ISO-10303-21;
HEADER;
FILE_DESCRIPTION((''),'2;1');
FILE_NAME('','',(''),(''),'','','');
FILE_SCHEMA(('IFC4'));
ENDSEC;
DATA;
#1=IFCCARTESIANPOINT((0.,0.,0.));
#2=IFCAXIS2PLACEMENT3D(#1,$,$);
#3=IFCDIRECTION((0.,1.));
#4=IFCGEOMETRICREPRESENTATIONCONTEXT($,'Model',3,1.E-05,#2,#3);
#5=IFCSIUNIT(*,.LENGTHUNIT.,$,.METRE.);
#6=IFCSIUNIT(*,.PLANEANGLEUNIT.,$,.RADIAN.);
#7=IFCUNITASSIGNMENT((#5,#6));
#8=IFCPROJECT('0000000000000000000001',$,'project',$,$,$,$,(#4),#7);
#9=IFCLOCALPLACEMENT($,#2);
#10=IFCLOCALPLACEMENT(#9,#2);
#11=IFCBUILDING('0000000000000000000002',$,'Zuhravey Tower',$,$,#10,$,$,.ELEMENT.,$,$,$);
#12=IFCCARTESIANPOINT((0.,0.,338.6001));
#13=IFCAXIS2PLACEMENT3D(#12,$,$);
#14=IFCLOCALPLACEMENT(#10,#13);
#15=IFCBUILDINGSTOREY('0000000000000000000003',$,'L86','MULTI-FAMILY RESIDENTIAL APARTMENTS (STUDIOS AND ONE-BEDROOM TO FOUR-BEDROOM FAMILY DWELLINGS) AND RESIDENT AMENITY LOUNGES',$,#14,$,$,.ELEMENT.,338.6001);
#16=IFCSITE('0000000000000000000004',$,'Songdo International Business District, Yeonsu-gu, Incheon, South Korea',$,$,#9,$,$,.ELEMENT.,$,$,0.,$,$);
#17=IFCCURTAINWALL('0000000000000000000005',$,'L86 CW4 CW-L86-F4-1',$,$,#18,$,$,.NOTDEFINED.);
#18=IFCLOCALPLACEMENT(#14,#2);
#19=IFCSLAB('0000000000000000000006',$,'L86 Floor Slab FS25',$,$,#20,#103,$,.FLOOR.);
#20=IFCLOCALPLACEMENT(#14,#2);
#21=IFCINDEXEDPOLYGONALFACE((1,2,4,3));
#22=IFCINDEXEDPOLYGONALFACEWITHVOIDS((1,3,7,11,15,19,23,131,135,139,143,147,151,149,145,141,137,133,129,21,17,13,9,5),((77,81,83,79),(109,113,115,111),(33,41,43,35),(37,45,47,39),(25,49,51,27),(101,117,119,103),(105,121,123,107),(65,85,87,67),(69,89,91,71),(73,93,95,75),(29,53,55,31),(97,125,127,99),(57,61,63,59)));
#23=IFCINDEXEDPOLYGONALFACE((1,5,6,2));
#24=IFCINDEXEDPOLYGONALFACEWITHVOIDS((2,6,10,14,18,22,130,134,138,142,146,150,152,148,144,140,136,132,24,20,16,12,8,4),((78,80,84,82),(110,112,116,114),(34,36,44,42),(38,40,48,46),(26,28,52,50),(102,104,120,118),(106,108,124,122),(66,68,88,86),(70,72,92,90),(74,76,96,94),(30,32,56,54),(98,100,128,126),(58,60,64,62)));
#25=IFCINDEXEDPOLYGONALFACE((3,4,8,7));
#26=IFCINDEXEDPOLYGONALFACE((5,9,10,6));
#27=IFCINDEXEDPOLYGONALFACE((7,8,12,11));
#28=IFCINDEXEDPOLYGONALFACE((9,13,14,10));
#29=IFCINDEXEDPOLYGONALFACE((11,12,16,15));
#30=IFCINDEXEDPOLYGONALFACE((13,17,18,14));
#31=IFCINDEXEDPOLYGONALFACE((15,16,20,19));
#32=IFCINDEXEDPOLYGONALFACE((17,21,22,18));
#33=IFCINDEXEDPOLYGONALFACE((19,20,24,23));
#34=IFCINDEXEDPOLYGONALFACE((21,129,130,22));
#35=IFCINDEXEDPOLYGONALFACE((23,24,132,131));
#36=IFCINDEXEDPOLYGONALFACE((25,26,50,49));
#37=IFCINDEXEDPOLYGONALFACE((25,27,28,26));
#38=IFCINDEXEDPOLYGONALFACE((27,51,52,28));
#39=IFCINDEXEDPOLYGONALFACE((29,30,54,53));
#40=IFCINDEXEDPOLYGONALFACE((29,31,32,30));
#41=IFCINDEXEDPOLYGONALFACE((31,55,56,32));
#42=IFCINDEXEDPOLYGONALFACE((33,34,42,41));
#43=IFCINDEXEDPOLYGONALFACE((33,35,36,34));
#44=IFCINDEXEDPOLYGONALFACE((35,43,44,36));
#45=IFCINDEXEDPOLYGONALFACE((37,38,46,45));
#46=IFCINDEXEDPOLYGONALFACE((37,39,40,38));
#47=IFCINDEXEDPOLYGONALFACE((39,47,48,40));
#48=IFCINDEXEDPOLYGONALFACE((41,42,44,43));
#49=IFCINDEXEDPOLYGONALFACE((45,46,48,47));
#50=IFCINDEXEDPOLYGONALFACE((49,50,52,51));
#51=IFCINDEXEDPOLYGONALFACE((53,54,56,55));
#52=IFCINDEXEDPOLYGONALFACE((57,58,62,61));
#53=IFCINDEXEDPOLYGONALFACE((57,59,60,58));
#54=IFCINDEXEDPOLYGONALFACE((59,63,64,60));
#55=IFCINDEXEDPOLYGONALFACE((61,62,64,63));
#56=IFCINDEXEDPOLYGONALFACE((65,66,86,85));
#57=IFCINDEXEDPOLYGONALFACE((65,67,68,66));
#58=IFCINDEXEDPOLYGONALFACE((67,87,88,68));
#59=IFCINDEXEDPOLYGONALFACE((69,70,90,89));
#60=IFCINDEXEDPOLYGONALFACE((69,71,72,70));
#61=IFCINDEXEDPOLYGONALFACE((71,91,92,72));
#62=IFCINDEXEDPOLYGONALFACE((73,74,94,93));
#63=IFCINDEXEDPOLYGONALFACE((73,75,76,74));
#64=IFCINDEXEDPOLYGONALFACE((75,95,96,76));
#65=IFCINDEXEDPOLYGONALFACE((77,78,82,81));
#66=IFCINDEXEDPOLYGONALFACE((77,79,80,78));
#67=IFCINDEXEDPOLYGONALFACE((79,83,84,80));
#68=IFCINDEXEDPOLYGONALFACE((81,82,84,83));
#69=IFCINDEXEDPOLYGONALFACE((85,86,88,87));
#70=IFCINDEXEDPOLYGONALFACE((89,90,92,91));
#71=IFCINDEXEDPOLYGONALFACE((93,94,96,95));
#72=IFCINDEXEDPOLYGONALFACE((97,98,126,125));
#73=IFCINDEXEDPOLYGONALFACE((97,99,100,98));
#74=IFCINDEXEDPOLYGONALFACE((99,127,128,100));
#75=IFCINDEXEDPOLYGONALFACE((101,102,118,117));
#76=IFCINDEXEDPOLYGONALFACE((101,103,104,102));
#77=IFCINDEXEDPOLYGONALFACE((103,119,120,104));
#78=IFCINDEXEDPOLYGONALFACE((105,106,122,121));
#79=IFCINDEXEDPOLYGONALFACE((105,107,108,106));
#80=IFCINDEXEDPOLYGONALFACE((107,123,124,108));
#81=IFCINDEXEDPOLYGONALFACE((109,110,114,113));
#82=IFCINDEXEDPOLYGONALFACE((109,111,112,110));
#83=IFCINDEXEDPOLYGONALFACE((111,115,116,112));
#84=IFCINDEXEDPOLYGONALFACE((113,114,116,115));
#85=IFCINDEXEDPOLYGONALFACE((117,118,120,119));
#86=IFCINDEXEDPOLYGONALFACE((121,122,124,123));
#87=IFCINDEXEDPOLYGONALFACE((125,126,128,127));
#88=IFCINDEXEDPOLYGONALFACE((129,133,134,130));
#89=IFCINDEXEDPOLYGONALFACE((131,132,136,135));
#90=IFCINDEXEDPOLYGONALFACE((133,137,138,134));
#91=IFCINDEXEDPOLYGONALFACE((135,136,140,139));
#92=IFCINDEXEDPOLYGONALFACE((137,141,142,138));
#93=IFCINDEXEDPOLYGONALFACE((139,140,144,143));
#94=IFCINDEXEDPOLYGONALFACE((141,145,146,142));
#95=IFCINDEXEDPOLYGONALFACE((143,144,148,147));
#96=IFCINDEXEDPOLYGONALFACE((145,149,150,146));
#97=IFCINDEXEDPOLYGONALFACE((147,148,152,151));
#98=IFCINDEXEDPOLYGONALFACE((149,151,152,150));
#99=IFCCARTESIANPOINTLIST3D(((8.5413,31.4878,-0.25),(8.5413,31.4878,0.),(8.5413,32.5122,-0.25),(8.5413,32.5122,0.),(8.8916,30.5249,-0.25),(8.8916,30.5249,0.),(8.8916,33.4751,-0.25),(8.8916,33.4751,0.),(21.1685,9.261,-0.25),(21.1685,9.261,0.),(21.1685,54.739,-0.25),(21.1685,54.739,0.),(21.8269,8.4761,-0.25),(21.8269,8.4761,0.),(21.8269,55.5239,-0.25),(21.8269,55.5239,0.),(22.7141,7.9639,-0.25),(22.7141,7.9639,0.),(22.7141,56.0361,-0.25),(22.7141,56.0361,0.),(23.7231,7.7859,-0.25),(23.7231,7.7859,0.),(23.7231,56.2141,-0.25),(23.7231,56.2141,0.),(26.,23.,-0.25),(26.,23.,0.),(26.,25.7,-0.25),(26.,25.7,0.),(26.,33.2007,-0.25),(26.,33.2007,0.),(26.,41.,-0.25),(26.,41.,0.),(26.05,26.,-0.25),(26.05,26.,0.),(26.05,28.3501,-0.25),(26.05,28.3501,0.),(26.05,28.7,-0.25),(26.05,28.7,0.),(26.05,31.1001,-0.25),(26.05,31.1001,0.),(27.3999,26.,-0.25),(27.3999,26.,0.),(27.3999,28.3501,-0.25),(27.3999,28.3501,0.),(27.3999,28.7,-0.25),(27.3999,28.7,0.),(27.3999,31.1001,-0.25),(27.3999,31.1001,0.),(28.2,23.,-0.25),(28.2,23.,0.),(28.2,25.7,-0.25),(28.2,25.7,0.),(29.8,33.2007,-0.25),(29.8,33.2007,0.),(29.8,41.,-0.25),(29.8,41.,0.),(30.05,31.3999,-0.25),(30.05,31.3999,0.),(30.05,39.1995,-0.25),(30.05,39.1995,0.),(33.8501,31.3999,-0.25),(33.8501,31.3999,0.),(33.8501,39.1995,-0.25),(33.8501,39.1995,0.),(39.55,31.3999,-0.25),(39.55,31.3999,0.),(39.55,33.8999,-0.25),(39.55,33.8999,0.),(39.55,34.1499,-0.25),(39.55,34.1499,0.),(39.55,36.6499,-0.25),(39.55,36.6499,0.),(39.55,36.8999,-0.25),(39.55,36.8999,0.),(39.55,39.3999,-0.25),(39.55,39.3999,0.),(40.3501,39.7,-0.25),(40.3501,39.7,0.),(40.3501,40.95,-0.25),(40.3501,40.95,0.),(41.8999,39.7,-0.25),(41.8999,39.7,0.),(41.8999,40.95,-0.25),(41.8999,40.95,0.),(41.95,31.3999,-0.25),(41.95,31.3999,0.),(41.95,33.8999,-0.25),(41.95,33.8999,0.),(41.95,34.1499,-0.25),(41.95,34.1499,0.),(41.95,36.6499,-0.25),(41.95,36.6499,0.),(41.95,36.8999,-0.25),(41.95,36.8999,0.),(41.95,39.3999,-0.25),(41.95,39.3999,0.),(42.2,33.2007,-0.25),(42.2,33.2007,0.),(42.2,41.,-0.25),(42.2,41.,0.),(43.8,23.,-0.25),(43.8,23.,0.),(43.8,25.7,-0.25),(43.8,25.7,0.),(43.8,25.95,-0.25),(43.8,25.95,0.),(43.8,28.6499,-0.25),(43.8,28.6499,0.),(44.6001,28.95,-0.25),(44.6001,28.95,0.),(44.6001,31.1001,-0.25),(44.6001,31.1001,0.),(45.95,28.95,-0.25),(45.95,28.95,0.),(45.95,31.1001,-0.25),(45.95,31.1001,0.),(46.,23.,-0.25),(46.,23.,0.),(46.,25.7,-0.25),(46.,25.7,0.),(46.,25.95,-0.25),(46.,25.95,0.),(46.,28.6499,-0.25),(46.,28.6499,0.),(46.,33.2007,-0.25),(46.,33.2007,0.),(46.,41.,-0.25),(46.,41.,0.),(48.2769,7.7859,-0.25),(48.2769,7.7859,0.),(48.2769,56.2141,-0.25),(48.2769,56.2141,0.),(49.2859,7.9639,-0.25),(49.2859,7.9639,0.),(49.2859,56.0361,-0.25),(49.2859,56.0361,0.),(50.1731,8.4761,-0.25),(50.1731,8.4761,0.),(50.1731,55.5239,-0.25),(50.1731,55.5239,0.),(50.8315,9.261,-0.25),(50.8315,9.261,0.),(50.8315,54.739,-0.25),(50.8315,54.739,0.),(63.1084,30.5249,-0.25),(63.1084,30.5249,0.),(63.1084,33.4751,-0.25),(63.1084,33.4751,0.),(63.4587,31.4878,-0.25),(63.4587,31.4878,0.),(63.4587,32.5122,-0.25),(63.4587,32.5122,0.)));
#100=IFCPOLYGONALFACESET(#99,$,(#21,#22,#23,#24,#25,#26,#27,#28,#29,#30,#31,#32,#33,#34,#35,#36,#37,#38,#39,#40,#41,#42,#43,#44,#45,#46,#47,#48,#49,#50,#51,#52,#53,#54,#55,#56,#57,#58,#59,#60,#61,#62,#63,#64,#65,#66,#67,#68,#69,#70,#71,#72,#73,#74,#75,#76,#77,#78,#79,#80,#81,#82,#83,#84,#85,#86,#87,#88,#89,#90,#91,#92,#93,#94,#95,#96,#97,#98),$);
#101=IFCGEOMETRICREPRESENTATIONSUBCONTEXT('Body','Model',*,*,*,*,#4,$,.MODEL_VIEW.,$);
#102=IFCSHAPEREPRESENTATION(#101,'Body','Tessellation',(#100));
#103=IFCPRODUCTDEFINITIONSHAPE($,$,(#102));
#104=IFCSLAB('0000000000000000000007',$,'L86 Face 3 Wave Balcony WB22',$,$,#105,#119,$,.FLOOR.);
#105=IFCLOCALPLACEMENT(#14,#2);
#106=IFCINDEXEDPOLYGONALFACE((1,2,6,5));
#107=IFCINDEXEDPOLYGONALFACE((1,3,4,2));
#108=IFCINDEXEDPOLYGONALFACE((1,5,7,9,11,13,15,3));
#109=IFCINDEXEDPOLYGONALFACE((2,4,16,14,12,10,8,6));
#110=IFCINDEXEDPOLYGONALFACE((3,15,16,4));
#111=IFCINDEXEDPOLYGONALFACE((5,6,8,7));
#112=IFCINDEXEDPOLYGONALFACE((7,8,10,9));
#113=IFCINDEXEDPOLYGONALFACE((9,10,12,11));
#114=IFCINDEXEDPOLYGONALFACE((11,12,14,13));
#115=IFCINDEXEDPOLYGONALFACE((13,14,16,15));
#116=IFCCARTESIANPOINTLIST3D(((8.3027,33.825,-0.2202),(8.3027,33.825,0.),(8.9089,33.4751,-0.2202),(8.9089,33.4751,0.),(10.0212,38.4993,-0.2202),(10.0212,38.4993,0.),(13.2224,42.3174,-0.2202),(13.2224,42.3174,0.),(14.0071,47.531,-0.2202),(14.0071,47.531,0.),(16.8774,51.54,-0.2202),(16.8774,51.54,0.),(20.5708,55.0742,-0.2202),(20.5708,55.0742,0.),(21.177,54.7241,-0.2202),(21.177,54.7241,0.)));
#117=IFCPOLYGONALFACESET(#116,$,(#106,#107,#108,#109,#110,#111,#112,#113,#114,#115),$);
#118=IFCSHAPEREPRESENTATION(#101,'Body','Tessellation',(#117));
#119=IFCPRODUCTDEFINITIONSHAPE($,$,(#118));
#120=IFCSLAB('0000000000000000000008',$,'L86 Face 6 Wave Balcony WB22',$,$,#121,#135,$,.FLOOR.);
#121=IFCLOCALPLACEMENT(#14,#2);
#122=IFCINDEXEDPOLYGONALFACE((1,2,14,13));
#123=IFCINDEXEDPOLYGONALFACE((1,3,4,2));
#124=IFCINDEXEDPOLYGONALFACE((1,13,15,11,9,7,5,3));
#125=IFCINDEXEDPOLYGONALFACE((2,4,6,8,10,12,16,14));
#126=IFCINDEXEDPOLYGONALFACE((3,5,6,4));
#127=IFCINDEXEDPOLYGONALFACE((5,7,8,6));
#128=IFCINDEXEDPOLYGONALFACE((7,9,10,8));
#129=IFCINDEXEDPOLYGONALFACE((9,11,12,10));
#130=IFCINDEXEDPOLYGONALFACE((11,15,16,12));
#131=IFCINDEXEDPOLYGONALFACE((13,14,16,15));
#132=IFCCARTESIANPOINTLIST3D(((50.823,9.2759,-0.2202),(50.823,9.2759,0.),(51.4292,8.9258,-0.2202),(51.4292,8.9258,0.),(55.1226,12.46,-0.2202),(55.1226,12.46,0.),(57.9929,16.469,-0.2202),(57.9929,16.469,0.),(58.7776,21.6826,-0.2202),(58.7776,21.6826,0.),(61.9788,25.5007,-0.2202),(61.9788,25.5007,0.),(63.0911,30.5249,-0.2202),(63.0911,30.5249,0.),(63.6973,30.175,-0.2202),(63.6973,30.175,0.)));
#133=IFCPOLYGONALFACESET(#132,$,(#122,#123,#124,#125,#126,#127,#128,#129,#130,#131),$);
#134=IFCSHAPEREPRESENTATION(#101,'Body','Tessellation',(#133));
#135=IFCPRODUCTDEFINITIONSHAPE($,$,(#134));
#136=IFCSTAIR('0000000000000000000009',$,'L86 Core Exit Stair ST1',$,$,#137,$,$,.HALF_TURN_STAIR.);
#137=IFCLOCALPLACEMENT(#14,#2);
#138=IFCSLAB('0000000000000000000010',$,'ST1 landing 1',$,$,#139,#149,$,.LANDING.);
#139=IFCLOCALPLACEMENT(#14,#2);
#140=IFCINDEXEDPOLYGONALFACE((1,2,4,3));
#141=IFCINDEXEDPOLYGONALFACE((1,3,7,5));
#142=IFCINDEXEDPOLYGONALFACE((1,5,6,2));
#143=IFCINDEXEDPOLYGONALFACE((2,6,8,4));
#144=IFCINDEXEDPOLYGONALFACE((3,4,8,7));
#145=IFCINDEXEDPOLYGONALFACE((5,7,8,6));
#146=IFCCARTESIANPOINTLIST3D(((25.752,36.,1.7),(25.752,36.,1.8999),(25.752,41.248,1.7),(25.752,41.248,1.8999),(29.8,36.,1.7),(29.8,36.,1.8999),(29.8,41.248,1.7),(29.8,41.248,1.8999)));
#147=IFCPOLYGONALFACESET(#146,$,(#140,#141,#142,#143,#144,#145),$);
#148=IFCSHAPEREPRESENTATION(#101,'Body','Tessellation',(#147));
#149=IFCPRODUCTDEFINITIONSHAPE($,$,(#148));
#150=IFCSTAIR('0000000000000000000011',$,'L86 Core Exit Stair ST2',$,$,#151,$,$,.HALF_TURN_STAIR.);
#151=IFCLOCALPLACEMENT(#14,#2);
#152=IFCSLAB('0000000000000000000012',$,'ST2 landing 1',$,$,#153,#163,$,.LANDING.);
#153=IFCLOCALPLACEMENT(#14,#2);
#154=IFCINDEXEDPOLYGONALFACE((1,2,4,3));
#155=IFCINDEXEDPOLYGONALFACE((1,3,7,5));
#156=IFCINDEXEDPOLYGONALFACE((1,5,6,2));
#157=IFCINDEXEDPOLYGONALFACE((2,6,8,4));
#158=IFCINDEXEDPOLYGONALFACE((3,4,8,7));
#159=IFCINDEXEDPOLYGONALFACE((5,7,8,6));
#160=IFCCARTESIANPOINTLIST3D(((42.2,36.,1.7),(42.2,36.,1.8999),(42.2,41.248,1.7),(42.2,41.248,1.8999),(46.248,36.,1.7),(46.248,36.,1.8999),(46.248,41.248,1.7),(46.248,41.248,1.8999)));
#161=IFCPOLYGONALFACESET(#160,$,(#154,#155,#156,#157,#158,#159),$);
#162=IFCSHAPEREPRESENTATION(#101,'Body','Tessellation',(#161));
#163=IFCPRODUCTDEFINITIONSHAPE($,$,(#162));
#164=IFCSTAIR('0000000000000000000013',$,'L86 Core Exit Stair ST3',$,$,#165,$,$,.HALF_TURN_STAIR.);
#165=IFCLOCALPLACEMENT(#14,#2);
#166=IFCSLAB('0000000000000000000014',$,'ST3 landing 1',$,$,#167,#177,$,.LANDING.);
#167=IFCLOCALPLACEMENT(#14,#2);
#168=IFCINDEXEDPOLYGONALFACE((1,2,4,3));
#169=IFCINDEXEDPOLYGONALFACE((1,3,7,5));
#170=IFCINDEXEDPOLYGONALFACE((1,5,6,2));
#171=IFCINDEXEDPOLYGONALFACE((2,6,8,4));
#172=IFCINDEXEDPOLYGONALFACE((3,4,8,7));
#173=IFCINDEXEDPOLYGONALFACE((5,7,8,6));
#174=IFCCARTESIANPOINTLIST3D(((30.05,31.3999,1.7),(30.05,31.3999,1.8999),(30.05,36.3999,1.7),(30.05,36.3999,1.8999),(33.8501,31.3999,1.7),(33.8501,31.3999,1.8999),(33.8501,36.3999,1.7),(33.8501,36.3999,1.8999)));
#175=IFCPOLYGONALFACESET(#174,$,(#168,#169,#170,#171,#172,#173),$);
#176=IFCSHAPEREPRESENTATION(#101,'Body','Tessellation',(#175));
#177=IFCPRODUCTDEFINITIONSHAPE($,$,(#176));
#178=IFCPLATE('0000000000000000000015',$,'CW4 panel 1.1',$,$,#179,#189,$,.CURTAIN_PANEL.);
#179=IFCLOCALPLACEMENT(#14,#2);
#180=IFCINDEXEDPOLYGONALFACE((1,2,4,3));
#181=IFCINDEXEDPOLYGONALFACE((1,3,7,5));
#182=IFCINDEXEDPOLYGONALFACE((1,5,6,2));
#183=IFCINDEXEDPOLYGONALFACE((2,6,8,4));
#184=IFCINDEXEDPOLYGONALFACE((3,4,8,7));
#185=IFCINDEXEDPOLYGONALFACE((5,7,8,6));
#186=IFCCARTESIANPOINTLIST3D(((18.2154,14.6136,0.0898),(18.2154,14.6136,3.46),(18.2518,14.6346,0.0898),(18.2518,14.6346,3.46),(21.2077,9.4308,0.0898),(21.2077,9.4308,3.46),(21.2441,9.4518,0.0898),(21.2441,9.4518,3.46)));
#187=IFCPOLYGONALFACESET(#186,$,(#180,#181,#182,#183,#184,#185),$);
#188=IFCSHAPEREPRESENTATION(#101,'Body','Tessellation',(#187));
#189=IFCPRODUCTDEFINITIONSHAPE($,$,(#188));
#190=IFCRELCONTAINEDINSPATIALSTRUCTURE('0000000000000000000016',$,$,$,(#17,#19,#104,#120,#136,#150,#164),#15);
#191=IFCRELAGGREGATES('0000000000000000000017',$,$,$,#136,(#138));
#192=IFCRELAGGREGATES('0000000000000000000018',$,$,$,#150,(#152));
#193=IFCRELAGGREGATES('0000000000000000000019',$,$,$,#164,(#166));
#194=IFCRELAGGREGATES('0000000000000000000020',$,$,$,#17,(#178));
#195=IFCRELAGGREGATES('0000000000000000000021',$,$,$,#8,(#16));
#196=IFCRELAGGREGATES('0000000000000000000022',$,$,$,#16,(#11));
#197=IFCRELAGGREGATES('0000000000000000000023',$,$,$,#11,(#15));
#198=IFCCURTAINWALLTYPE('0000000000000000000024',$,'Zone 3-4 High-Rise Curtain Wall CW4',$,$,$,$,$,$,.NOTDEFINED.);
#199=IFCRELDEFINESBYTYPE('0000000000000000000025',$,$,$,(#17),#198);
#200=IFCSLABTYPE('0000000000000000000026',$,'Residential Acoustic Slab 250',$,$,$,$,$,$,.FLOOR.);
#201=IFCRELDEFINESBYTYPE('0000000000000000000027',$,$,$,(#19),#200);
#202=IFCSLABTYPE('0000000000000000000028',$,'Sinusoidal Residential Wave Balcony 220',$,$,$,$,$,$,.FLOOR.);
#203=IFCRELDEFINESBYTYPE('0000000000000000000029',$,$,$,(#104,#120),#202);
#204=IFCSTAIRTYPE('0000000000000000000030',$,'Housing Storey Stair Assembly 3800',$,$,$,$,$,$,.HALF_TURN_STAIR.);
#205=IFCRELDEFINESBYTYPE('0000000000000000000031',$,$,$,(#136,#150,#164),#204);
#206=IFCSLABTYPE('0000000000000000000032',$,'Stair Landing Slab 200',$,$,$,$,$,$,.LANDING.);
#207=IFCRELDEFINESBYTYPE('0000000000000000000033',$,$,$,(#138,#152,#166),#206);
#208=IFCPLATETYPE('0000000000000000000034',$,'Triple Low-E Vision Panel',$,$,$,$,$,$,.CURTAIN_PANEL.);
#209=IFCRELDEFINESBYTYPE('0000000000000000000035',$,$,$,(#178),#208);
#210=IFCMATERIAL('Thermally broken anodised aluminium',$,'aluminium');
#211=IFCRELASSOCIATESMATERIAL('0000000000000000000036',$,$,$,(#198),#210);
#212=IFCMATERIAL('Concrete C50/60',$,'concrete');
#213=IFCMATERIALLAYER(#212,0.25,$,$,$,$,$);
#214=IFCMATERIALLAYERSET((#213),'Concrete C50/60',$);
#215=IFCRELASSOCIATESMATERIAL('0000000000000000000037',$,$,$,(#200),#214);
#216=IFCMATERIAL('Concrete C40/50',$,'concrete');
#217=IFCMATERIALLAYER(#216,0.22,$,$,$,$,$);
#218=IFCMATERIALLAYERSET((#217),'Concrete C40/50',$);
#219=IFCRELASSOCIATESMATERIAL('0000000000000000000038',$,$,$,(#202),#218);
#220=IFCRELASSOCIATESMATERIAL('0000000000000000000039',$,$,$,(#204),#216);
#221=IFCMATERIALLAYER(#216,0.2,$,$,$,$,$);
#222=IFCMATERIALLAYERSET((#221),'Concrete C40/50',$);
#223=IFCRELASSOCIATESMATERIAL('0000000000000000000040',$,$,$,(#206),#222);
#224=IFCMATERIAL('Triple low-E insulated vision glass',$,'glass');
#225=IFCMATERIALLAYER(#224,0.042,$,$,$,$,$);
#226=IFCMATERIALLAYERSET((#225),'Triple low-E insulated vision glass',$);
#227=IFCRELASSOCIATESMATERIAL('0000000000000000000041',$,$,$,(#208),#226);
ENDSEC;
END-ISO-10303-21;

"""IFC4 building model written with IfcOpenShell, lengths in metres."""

from ifc_helpers import new_model, si_unit, direction, frame, origin, origin_2d, place, context, subcontext, project, spatial, polyline, rectangle, outline, extrude, material, layer, layer_set, type_object, element, aggregate, save


model = new_model("IFC4")

# Units and contexts
model_context = context("Model", 3, precision=1e-05, world=origin(), true_north=direction((0.0, 1.0)))
body_context = subcontext(model_context, "Body", "Model", "MODEL_VIEW")
ifc_project = project(units=[si_unit("LENGTHUNIT", "METRE"), si_unit("PLANEANGLEUNIT", "RADIAN")], contexts=[model_context])

# Site, building, storey
site_placement = place(None, origin())
site = spatial("IfcSite", under=ifc_project, at=site_placement, Name="Songdo International Business District, Yeonsu-gu, Incheon, South Korea", CompositionType="ELEMENT", RefElevation=0.0)
building_placement = place(site_placement, origin())
building = spatial("IfcBuilding", under=site, at=building_placement, Name="Zuhravey Tower", CompositionType="ELEMENT")
storey_placement = place(building_placement, frame((0.0, 0.0, 338.6001)))
storey = spatial("IfcBuildingStorey", under=building, at=storey_placement, Name="L86", Description="MULTI-FAMILY RESIDENTIAL APARTMENTS (STUDIOS AND ONE-BEDROOM TO FOUR-BEDROOM FAMILY DWELLINGS) AND RESIDENT AMENITY LOUNGES", CompositionType="ELEMENT", Elevation=338.6001)

# Shared definitions
ifc_material_1 = material(Name="Concrete C50/60", Category="concrete")

# Curtain wall
ifc_material_2 = material(Name="Thermally broken anodised aluminium", Category="aluminium")
curtain_wall_type = type_object("IfcCurtainWallType", Name="Zone 3-4 High-Rise Curtain Wall CW4", PredefinedType="NOTDEFINED", material=ifc_material_2)
curtain_wall_placement = place(storey_placement, origin())
curtain_wall = element("IfcCurtainWall", 1, at=curtain_wall_placement, inside=storey, type_object=curtain_wall_type, Name="L86 CW4 CW-L86-F4-1", PredefinedType="NOTDEFINED")

# Slabs
ifc_layer_1 = layer(ifc_material_1, 0.25)
ifc_layer_set_1 = layer_set([ifc_layer_1], Name="Concrete C50/60")
slab_type_1 = type_object("IfcSlabType", Name="Residential Acoustic Slab 250", PredefinedType="FLOOR", material=ifc_layer_set_1)
slab_1_placement = place(storey_placement, frame((0.0, 0.0, -0.25)))
element("IfcSlab", 2, at=slab_1_placement, inside=storey, type_object=slab_type_1, Name="L86 Floor Slab FS25", PredefinedType="FLOOR", context=body_context, shape_type="SweptSolid", body=[
    extrude(outline(polyline([(63.1084, 30.5249), (63.4587, 31.4878), (63.4587, 32.5122), (63.1084, 33.4751), (50.8315, 54.739), (50.1731, 55.5239), (49.2859, 56.0361), (48.2769, 56.2141), (23.7231, 56.2141), (22.7141, 56.0361), (21.8269, 55.5239), (21.1685, 54.739), (8.8916, 33.4751), (8.5413, 32.5122), (8.5413, 31.4878), (8.8916, 30.5249), (21.1685, 9.261), (21.8269, 8.4761), (22.7141, 7.9639), (23.7231, 7.7859), (48.2769, 7.7859), (49.2859, 7.9639), (50.1731, 8.4761), (50.8315, 9.261), (63.1084, 30.5249)]), holes=[polyline([(29.8, 33.2007), (29.8, 41.0), (26.0, 41.0), (26.0, 33.2007), (29.8, 33.2007)]), polyline([(46.0, 33.2007), (46.0, 41.0), (42.2, 41.0), (42.2, 33.2007), (46.0, 33.2007)]), polyline([(30.05, 39.1995), (30.05, 31.3999), (33.8501, 31.3999), (33.8501, 39.1995), (30.05, 39.1995)]), polyline([(39.55, 31.3999), (41.95, 31.3999), (41.95, 33.8999), (39.55, 33.8999), (39.55, 31.3999)]), polyline([(39.55, 34.1499), (41.95, 34.1499), (41.95, 36.6499), (39.55, 36.6499), (39.55, 34.1499)]), polyline([(39.55, 36.8999), (41.95, 36.8999), (41.95, 39.3999), (39.55, 39.3999), (39.55, 36.8999)]), polyline([(26.0, 23.0), (28.2, 23.0), (28.2, 25.7), (26.0, 25.7), (26.0, 23.0)]), polyline([(43.8, 23.0), (46.0, 23.0), (46.0, 25.7), (43.8, 25.7), (43.8, 23.0)]), polyline([(43.8, 25.95), (46.0, 25.95), (46.0, 28.6499), (43.8, 28.6499), (43.8, 25.95)]), polyline([(26.05, 26.0), (27.3999, 26.0), (27.3999, 28.3501), (26.05, 28.3501), (26.05, 26.0)]), polyline([(26.05, 28.7), (27.3999, 28.7), (27.3999, 31.1001), (26.05, 31.1001), (26.05, 28.7)]), polyline([(44.6001, 28.95), (45.95, 28.95), (45.95, 31.1001), (44.6001, 31.1001), (44.6001, 28.95)]), polyline([(40.3501, 39.7), (41.8999, 39.7), (41.8999, 40.95), (40.3501, 40.95), (40.3501, 39.7)])]), origin(), (0.0, 0.0, 1.0), 0.25),
])
ifc_material_3 = material(Name="Concrete C40/50", Category="concrete")
ifc_layer_2 = layer(ifc_material_3, 0.22)
ifc_layer_set_2 = layer_set([ifc_layer_2], Name="Concrete C40/50")
slab_type_2 = type_object("IfcSlabType", Name="Sinusoidal Residential Wave Balcony 220", PredefinedType="FLOOR", material=ifc_layer_set_2)
slab_2_placement = place(storey_placement, frame((0.0, 0.0, -0.2202)))
element("IfcSlab", 3, at=slab_2_placement, inside=storey, type_object=slab_type_2, Name="L86 Face 3 Wave Balcony WB22", PredefinedType="FLOOR", context=body_context, shape_type="SweptSolid", body=[
    extrude(outline(polyline([(21.177, 54.7241), (8.9089, 33.4751), (8.3027, 33.825), (10.0212, 38.4993), (13.2224, 42.3174), (14.0071, 47.531), (16.8774, 51.54), (20.5708, 55.0742), (21.177, 54.7241)])), origin(), (0.0, 0.0, 1.0), 0.2202),
])
slab_3_placement = place(storey_placement, frame((0.0, 0.0, -0.2202)))
element("IfcSlab", 4, at=slab_3_placement, inside=storey, type_object=slab_type_2, Name="L86 Face 6 Wave Balcony WB22", PredefinedType="FLOOR", context=body_context, shape_type="SweptSolid", body=[
    extrude(outline(polyline([(50.823, 9.2759), (63.0911, 30.5249), (63.6973, 30.175), (61.9788, 25.5007), (58.7776, 21.6826), (57.9929, 16.469), (55.1226, 12.46), (51.4292, 8.9258), (50.823, 9.2759)])), origin(), (0.0, 0.0, 1.0), 0.2202),
])

# Stairs, slabs
stair_type = type_object("IfcStairType", Name="Housing Storey Stair Assembly 3800", PredefinedType="HALF_TURN_STAIR", material=ifc_material_3)
stair_1_placement = place(storey_placement, origin())
stair_1 = element("IfcStair", 5, at=stair_1_placement, inside=storey, type_object=stair_type, Name="L86 Core Exit Stair ST1", PredefinedType="HALF_TURN_STAIR")
ifc_layer_3 = layer(ifc_material_3, 0.2)
ifc_layer_set_3 = layer_set([ifc_layer_3], Name="Concrete C40/50")
slab_type_3 = type_object("IfcSlabType", Name="Stair Landing Slab 200", PredefinedType="LANDING", material=ifc_layer_set_3)
slab_4_placement = place(storey_placement, frame((0.0, 0.0, 1.7)))
slab_4 = element("IfcSlab", 6, at=slab_4_placement, type_object=slab_type_3, Name="ST1 landing 1", PredefinedType="LANDING", context=body_context, shape_type="SweptSolid", body=[
    extrude(outline(polyline([(29.8, 36.0), (29.8, 41.248), (25.752, 41.248), (25.752, 36.0), (29.8, 36.0)])), origin(), (0.0, 0.0, 1.0), 0.2),
])
aggregate(stair_1, [slab_4])
stair_2_placement = place(storey_placement, origin())
stair_2 = element("IfcStair", 7, at=stair_2_placement, inside=storey, type_object=stair_type, Name="L86 Core Exit Stair ST2", PredefinedType="HALF_TURN_STAIR")
slab_5_placement = place(storey_placement, frame((0.0, 0.0, 1.7)))
slab_5 = element("IfcSlab", 8, at=slab_5_placement, type_object=slab_type_3, Name="ST2 landing 1", PredefinedType="LANDING", context=body_context, shape_type="SweptSolid", body=[
    extrude(outline(polyline([(46.248, 36.0), (46.248, 41.248), (42.2, 41.248), (42.2, 36.0), (46.248, 36.0)])), origin(), (0.0, 0.0, 1.0), 0.2),
])
aggregate(stair_2, [slab_5])
stair_3_placement = place(storey_placement, origin())
stair_3 = element("IfcStair", 9, at=stair_3_placement, inside=storey, type_object=stair_type, Name="L86 Core Exit Stair ST3", PredefinedType="HALF_TURN_STAIR")
slab_6_placement = place(storey_placement, frame((0.0, 0.0, 1.7)))
slab_6 = element("IfcSlab", 10, at=slab_6_placement, type_object=slab_type_3, Name="ST3 landing 1", PredefinedType="LANDING", context=body_context, shape_type="SweptSolid", body=[
    extrude(outline(polyline([(30.05, 36.3999), (30.05, 31.3999), (33.8501, 31.3999), (33.8501, 36.3999), (30.05, 36.3999)])), origin(), (0.0, 0.0, 1.0), 0.2),
])
aggregate(stair_3, [slab_6])

# Plate
ifc_material_4 = material(Name="Triple low-E insulated vision glass", Category="glass")
ifc_layer_4 = layer(ifc_material_4, 0.042)
ifc_layer_set_4 = layer_set([ifc_layer_4], Name="Triple low-E insulated vision glass")
plate_type_1 = type_object("IfcPlateType", Name="Triple Low-E Vision Panel", PredefinedType="CURTAIN_PANEL", material=ifc_layer_set_4)
plate_1_placement = place(storey_placement, frame((19.7297, 12.0327, 0.0898), z_axis=(0.0, 0.0, 1.0), x_axis=(-0.5, 0.866026, 0.0)))
plate_1 = element("IfcPlate", 11, at=plate_1_placement, type_object=plate_type_1, Name="CW4 panel 1.1", PredefinedType="CURTAIN_PANEL", context=body_context, shape_type="SweptSolid", body=[
    extrude(rectangle(XDim=5.9846, YDim=0.042, at=origin_2d()), origin(), (0.0, 0.0, 1.0), 3.3701),
])
aggregate(curtain_wall, [plate_1])

save(model, "model.ifc")
